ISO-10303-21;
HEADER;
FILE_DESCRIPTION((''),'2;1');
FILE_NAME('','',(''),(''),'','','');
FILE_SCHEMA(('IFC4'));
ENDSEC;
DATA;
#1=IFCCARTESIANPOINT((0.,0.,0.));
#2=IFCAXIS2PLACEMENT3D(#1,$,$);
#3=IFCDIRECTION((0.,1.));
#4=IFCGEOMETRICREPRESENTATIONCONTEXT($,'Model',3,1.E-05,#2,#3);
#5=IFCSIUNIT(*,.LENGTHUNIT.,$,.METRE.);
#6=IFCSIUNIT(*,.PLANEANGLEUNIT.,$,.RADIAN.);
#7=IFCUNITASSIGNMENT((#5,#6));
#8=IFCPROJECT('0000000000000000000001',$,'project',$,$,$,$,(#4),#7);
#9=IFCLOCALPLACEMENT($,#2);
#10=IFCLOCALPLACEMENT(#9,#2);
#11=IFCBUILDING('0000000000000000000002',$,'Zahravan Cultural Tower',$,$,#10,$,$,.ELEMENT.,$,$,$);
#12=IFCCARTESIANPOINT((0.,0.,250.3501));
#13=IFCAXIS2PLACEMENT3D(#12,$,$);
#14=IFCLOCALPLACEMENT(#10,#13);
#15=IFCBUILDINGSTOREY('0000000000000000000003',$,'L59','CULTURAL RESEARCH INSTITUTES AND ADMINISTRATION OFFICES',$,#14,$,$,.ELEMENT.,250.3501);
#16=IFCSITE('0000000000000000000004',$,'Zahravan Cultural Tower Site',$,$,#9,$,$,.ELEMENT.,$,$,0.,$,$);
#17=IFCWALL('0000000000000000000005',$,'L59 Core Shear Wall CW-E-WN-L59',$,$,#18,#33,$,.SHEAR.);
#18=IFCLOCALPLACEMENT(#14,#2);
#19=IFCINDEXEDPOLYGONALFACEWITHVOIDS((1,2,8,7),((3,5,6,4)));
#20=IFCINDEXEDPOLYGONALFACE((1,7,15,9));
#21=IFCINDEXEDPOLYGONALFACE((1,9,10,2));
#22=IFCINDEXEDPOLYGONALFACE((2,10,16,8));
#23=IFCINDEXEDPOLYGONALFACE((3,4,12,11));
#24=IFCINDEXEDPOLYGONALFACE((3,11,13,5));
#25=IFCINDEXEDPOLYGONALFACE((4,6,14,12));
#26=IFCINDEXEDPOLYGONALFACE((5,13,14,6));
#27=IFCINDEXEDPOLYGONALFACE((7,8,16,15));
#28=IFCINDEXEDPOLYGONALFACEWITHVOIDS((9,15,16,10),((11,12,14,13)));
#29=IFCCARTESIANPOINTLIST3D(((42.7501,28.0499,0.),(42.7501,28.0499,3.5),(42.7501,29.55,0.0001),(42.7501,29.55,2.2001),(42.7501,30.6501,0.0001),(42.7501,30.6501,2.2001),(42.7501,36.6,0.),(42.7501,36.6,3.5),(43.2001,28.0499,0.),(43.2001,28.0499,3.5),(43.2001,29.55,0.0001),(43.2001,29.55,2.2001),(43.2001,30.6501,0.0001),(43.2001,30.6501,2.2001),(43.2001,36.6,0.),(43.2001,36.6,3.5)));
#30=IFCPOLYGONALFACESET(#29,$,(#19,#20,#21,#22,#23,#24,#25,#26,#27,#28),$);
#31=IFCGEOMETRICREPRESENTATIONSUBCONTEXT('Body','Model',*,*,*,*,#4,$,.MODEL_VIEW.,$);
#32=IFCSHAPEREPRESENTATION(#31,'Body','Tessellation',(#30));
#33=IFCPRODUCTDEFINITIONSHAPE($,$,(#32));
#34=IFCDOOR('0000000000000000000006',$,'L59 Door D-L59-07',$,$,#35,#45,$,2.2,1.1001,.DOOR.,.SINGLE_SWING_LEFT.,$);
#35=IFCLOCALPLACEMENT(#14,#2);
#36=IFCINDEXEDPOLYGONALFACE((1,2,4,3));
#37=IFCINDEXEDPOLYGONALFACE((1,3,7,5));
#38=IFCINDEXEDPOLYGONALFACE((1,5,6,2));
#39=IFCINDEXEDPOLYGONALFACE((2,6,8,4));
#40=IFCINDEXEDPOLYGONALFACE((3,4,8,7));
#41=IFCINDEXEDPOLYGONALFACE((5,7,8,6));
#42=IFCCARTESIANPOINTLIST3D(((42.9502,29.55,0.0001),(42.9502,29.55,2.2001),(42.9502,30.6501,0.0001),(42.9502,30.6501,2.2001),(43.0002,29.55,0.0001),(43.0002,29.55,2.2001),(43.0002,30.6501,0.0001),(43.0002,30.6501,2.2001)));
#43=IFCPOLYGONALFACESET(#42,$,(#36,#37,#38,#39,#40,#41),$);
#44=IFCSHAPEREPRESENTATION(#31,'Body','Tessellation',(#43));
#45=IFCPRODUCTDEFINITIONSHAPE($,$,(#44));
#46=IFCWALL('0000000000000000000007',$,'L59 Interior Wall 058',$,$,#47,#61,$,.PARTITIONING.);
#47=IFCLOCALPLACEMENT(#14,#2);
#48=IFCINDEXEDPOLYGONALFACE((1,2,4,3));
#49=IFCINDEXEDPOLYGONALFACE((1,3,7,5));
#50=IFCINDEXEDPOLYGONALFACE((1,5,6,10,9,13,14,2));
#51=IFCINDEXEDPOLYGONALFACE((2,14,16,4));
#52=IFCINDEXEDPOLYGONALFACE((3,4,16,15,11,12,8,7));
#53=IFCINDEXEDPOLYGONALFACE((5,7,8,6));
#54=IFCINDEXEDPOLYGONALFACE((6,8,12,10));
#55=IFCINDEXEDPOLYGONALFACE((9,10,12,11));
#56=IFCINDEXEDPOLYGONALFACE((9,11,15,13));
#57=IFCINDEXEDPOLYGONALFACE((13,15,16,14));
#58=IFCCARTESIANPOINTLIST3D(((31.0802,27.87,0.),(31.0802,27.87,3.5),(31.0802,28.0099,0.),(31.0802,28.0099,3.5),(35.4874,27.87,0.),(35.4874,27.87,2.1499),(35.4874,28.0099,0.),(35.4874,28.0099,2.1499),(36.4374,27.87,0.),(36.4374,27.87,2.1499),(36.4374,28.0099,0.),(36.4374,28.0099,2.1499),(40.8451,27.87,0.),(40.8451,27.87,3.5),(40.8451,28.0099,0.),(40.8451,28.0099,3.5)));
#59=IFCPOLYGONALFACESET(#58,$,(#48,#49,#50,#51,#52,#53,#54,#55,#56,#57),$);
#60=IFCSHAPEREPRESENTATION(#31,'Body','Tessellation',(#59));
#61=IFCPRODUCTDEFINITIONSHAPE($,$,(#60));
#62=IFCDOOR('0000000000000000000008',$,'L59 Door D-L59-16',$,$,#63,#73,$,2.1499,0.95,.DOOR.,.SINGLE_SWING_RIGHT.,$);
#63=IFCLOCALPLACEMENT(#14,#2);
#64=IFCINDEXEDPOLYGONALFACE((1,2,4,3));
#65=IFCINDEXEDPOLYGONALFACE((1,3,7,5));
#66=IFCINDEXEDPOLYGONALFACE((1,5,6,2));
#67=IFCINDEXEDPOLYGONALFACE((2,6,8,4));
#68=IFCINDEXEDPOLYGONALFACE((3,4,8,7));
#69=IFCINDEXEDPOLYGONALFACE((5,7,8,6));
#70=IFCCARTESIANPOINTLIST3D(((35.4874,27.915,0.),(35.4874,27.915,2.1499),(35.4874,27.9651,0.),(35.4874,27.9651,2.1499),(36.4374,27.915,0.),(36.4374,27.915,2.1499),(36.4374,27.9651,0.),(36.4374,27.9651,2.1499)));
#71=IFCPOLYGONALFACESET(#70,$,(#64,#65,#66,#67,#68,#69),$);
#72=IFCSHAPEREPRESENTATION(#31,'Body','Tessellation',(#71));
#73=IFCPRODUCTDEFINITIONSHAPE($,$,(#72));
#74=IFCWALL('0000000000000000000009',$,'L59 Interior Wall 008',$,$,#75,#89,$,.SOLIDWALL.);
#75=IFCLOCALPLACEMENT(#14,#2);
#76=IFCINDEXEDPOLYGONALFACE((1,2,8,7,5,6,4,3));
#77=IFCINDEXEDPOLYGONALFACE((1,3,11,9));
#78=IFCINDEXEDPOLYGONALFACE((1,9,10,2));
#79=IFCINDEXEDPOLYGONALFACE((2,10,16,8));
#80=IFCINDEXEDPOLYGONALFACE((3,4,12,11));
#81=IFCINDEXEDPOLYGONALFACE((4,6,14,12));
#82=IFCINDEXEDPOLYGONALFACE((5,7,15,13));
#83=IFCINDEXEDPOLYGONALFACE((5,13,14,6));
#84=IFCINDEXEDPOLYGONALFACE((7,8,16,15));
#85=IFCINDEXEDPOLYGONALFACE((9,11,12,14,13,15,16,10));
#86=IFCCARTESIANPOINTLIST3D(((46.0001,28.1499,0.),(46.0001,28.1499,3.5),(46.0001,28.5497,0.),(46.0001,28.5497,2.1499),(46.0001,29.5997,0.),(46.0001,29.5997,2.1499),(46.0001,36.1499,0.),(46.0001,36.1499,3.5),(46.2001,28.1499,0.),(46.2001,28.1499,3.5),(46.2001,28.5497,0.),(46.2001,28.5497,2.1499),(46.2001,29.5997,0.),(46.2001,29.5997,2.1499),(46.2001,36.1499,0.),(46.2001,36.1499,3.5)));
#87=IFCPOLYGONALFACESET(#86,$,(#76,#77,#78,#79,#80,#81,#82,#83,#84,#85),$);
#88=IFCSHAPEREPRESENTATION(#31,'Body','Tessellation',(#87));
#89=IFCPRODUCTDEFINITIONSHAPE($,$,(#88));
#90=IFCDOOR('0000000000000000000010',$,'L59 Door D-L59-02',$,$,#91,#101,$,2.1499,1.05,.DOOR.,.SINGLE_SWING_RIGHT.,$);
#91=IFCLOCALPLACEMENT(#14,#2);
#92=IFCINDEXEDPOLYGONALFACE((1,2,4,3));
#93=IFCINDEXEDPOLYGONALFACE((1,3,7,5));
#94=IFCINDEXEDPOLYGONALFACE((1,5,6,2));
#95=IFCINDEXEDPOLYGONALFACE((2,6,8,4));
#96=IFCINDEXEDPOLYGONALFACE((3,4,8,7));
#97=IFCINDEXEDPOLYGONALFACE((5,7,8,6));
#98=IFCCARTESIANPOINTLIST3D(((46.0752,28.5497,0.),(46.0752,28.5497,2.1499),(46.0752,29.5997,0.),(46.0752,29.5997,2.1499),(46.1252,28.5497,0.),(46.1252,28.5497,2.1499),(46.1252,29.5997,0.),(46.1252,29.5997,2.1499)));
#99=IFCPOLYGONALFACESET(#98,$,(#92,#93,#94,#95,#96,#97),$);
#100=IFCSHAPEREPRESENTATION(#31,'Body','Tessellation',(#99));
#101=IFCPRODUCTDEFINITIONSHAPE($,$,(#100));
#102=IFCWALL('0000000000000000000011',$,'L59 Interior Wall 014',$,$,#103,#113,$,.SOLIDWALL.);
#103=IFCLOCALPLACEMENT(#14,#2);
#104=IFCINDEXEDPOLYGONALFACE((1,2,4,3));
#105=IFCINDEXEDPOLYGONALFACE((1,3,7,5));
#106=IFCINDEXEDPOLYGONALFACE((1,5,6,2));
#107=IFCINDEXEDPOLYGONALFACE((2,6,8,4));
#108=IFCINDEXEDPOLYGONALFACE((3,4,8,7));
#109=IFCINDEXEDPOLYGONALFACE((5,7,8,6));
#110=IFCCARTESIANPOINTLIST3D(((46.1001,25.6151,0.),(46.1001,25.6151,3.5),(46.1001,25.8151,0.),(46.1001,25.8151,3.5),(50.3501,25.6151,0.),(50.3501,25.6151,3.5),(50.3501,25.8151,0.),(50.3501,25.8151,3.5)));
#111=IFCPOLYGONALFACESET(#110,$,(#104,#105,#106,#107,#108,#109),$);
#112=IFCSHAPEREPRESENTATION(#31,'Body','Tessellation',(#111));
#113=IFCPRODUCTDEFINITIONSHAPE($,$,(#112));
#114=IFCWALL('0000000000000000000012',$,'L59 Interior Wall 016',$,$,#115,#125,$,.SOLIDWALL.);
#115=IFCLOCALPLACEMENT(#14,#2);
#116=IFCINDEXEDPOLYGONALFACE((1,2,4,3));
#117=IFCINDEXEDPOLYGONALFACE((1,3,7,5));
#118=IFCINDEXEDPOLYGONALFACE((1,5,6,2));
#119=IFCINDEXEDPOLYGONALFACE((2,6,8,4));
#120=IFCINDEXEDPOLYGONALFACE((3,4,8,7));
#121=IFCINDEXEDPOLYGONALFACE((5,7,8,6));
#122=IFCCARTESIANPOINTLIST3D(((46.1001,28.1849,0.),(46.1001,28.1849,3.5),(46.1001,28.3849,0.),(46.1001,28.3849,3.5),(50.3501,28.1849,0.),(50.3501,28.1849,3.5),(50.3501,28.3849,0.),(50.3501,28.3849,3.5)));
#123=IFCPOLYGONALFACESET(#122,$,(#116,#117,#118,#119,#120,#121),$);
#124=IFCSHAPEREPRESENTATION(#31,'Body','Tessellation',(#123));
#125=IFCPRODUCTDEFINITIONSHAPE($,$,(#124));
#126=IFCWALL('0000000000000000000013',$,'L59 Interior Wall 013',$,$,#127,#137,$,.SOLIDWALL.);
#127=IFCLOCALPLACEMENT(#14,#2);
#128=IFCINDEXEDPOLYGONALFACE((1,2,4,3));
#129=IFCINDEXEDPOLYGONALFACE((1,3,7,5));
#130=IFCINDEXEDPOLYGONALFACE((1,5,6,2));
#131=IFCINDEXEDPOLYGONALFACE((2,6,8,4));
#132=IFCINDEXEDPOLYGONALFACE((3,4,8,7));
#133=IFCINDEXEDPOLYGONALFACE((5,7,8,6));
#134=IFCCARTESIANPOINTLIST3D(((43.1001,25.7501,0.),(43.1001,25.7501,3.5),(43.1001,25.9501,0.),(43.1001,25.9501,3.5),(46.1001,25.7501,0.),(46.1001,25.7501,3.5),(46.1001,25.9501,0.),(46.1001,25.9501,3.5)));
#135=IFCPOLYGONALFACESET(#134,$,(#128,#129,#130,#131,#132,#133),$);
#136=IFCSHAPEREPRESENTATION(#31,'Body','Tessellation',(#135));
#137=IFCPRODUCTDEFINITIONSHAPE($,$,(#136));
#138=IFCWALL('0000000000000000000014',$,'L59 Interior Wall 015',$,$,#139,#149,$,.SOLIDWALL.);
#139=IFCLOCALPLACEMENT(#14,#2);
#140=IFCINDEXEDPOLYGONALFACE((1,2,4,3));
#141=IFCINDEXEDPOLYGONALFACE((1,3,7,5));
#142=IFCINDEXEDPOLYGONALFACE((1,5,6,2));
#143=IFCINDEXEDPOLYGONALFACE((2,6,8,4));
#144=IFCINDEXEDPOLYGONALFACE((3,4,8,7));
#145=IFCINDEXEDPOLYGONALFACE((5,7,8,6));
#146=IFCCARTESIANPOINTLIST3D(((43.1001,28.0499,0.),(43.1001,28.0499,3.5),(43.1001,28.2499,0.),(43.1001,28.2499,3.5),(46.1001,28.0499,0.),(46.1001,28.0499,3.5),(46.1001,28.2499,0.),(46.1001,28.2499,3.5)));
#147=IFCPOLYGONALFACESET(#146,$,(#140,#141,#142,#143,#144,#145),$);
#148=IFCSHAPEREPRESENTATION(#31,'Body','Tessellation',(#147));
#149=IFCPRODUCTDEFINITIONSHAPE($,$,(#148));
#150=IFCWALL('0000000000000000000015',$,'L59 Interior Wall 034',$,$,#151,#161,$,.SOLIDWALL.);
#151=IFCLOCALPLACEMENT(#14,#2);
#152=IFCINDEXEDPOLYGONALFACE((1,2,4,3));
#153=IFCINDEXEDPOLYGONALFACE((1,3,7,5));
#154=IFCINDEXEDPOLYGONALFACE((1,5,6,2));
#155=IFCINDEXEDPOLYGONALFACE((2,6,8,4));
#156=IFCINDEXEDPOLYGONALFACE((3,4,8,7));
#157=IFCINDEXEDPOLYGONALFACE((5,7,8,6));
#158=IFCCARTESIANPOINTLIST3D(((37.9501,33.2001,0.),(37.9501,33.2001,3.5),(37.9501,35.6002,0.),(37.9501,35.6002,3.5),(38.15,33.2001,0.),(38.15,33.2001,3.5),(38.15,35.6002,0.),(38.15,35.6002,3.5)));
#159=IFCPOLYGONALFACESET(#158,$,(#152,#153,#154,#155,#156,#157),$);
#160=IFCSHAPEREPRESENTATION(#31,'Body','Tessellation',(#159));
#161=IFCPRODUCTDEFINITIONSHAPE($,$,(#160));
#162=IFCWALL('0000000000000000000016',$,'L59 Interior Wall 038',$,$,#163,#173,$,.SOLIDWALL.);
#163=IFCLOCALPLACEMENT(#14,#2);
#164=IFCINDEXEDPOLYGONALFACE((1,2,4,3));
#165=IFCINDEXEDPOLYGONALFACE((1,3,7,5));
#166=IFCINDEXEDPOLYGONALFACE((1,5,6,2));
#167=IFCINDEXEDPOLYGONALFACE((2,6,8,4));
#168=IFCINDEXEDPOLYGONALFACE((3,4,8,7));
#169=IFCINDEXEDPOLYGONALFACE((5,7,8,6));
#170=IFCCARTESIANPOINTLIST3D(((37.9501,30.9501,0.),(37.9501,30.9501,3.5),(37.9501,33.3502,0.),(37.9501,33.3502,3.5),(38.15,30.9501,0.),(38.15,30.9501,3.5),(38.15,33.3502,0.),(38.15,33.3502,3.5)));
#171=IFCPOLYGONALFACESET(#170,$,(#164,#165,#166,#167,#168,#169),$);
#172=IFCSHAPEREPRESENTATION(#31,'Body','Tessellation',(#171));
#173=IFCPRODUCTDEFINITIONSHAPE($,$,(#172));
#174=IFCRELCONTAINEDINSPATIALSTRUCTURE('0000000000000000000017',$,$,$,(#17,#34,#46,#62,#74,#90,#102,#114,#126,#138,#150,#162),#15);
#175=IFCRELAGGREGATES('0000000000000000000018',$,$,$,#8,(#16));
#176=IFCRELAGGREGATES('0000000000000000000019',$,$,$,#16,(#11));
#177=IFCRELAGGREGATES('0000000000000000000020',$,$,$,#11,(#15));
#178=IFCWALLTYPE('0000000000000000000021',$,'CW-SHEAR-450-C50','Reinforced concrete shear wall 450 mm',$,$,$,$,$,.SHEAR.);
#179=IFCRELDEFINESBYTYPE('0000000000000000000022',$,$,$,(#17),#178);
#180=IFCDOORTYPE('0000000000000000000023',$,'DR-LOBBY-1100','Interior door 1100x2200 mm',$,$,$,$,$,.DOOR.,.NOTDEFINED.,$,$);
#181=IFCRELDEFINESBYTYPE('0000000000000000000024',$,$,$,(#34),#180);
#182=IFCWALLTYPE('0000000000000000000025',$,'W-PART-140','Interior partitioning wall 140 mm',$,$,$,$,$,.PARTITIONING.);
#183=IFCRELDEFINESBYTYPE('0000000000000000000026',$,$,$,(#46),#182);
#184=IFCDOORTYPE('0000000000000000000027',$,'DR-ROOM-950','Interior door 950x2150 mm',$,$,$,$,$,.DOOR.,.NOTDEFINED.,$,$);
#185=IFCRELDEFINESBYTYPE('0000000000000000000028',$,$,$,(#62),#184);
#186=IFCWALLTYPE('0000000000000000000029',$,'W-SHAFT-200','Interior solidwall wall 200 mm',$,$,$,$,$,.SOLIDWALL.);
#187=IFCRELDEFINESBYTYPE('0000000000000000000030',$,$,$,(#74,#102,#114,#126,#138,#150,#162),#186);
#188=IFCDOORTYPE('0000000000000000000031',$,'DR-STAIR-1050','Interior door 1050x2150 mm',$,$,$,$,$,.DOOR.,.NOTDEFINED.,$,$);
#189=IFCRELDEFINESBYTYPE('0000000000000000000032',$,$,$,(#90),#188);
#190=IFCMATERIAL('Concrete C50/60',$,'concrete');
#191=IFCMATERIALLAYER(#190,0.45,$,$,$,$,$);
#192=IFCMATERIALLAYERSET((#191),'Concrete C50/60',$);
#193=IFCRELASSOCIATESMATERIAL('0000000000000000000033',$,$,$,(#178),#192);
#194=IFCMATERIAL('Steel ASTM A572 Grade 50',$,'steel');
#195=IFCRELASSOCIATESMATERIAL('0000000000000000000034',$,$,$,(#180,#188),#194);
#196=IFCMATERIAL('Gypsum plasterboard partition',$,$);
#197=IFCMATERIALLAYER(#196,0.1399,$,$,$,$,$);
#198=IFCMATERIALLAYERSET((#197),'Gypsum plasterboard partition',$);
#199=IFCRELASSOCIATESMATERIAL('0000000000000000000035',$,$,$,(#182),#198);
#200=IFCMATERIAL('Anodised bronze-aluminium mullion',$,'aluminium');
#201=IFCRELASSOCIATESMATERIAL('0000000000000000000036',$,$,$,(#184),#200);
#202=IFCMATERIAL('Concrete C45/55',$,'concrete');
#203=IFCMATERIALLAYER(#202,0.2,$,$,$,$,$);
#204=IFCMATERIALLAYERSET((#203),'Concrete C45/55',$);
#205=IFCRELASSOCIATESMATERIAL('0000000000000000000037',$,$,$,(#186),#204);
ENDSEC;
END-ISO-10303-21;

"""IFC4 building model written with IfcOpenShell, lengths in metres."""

from ifc_helpers import new_model, si_unit, direction, frame, frame_2d, origin, place, context, subcontext, project, spatial, rectangle, extrude, source, transform, mapped, material, layer, layer_set, type_object, element, fill, save


model = new_model("IFC4")

# Units and contexts
model_context = context("Model", 3, precision=1e-05, world=origin(), true_north=direction((0.0, 1.0)))
body_context = subcontext(model_context, "Body", "Model", "MODEL_VIEW")
ifc_project = project(units=[si_unit("LENGTHUNIT", "METRE"), si_unit("PLANEANGLEUNIT", "RADIAN")], contexts=[model_context])

# Site, building, storey
site_placement = place(None, origin())
site = spatial("IfcSite", under=ifc_project, at=site_placement, Name="Zahravan Cultural Tower Site", CompositionType="ELEMENT", RefElevation=0.0)
building_placement = place(site_placement, origin())
building = spatial("IfcBuilding", under=site, at=building_placement, Name="Zahravan Cultural Tower", CompositionType="ELEMENT")
storey_placement = place(building_placement, frame((0.0, 0.0, 250.3501)))
storey = spatial("IfcBuildingStorey", under=building, at=storey_placement, Name="L59", Description="CULTURAL RESEARCH INSTITUTES AND ADMINISTRATION OFFICES", CompositionType="ELEMENT", Elevation=250.3501)

# Walls, openings, doors
ifc_material_1 = material(Name="Concrete C50/60", Category="concrete")
ifc_layer_1 = layer(ifc_material_1, 0.45)
ifc_layer_set_1 = layer_set([ifc_layer_1], Name="Concrete C50/60")
wall_type_1 = type_object("IfcWallType", Name="CW-SHEAR-450-C50", Description="Reinforced concrete shear wall 450 mm", PredefinedType="SHEAR", material=ifc_layer_set_1)
wall_1_placement = place(storey_placement, frame((42.9751, 28.05, 0.0), z_axis=(0.0, 0.0, 1.0), x_axis=(0.0, 1.0, 0.0)))
wall_1 = element("IfcWall", 1, at=wall_1_placement, inside=storey, type_object=wall_type_1, Name="L59 Core Shear Wall CW-E-WN-L59", PredefinedType="SHEAR", context=body_context, shape_type="SweptSolid", body=[
    extrude(rectangle(XDim=8.55, YDim=0.45, at=frame_2d((4.2749, 0.0))), origin(), (0.0, 0.0, 1.0), 3.5),
])
opening_1_placement = place(wall_1_placement, frame((1.5, 0.0, 0.0)))
opening_1 = element("IfcOpeningElement", 2, at=opening_1_placement, cuts=wall_1, PredefinedType="OPENING", context=body_context, shape_type="SweptSolid", body=[
    extrude(rectangle(XDim=1.1001, YDim=2.2, at=frame_2d((0.55, 1.1001))), frame((0.0, 0.2349, 0.0), z_axis=(0.0, -1.0, 0.0), x_axis=(1.0, 0.0, 0.0)), (0.0, 0.0, 1.0), 0.47),
])
ifc_material_2 = material(Name="Steel ASTM A572 Grade 50", Category="steel")
door_type_1 = type_object("IfcDoorType", Name="DR-LOBBY-1100", Description="Interior door 1100x2200 mm", OperationType="NOTDEFINED", PredefinedType="DOOR", material=ifc_material_2)
shared_shape_1 = source(origin(), body_context, "Body", "SweptSolid", [
    extrude(rectangle(XDim=1.1001, YDim=2.2, at=frame_2d((0.55, 1.1001))), frame((0.0, 0.0249, 0.0), z_axis=(0.0, -1.0, 0.0), x_axis=(1.0, 0.0, 0.0)), (0.0, 0.0, 1.0), 0.05),
])
door_1_placement = place(opening_1_placement, origin())
door_1 = element("IfcDoor", 3, at=door_1_placement, inside=storey, type_object=door_type_1, Name="L59 Door D-L59-07", OperationType="SINGLE_SWING_LEFT", OverallHeight=2.2, OverallWidth=1.1001, PredefinedType="DOOR", context=body_context, shape_type="MappedRepresentation", body=[
    mapped(shared_shape_1, transform((0.0, 0.0, 0.0), x_axis=(1.0, 0.0, 0.0), y_axis=(0.0, 1.0, 0.0), z_axis=(0.0, 0.0, 1.0), scale=1.0)),
])
fill(opening_1, door_1)
ifc_material_3 = material(Name="Gypsum plasterboard partition")
ifc_layer_2 = layer(ifc_material_3, 0.1399)
ifc_layer_set_2 = layer_set([ifc_layer_2], Name="Gypsum plasterboard partition")
wall_type_2 = type_object("IfcWallType", Name="W-PART-140", Description="Interior partitioning wall 140 mm", PredefinedType="PARTITIONING", material=ifc_layer_set_2)
wall_2_placement = place(storey_placement, frame((40.845, 27.9399, 0.0), z_axis=(0.0, 0.0, 1.0), x_axis=(-1.0, 0.0, 0.0)))
wall_2 = element("IfcWall", 4, at=wall_2_placement, inside=storey, type_object=wall_type_2, Name="L59 Interior Wall 058", PredefinedType="PARTITIONING", context=body_context, shape_type="SweptSolid", body=[
    extrude(rectangle(XDim=9.7649, YDim=0.1399, at=frame_2d((4.8823, 0.0))), origin(), (0.0, 0.0, 1.0), 3.5),
])
opening_2_placement = place(wall_2_placement, frame((4.4075, 0.0, 0.0)))
opening_2 = element("IfcOpeningElement", 5, at=opening_2_placement, cuts=wall_2, PredefinedType="OPENING", context=body_context, shape_type="SweptSolid", body=[
    extrude(rectangle(XDim=0.95, YDim=2.1499, at=frame_2d((0.4751, 1.075))), frame((0.0, 0.0798, 0.0), z_axis=(0.0, -1.0, 0.0), x_axis=(1.0, 0.0, 0.0)), (0.0, 0.0, 1.0), 0.1599),
])
ifc_material_4 = material(Name="Anodised bronze-aluminium mullion", Category="aluminium")
door_type_2 = type_object("IfcDoorType", Name="DR-ROOM-950", Description="Interior door 950x2150 mm", OperationType="NOTDEFINED", PredefinedType="DOOR", material=ifc_material_4)
shared_shape_2 = source(origin(), body_context, "Body", "SweptSolid", [
    extrude(rectangle(XDim=0.95, YDim=2.1499, at=frame_2d((0.4751, 1.075))), frame((0.0, 0.0249, 0.0), z_axis=(0.0, -1.0, 0.0), x_axis=(1.0, 0.0, 0.0)), (0.0, 0.0, 1.0), 0.05),
])
door_2_placement = place(opening_2_placement, origin())
door_2 = element("IfcDoor", 6, at=door_2_placement, inside=storey, type_object=door_type_2, Name="L59 Door D-L59-16", OperationType="SINGLE_SWING_RIGHT", OverallHeight=2.1499, OverallWidth=0.95, PredefinedType="DOOR", context=body_context, shape_type="MappedRepresentation", body=[
    mapped(shared_shape_2, transform((0.0, 0.0, 0.0), x_axis=(1.0, 0.0, 0.0), y_axis=(0.0, 1.0, 0.0), z_axis=(0.0, 0.0, 1.0), scale=1.0)),
])
fill(opening_2, door_2)
ifc_material_5 = material(Name="Concrete C45/55", Category="concrete")
ifc_layer_3 = layer(ifc_material_5, 0.2)
ifc_layer_set_3 = layer_set([ifc_layer_3], Name="Concrete C45/55")
wall_type_3 = type_object("IfcWallType", Name="W-SHAFT-200", Description="Interior solidwall wall 200 mm", PredefinedType="SOLIDWALL", material=ifc_layer_set_3)
wall_3_placement = place(storey_placement, frame((46.1001, 28.1499, 0.0), z_axis=(0.0, 0.0, 1.0), x_axis=(0.0, 1.0, 0.0)))
wall_3 = element("IfcWall", 7, at=wall_3_placement, inside=storey, type_object=wall_type_3, Name="L59 Interior Wall 008", PredefinedType="SOLIDWALL", context=body_context, shape_type="SweptSolid", body=[
    extrude(rectangle(XDim=8.0, YDim=0.2, at=frame_2d((4.0, 0.0))), origin(), (0.0, 0.0, 1.0), 3.5),
])
opening_3_placement = place(wall_3_placement, frame((0.3999, 0.0, 0.0)))
opening_3 = element("IfcOpeningElement", 8, at=opening_3_placement, cuts=wall_3, PredefinedType="OPENING", context=body_context, shape_type="SweptSolid", body=[
    extrude(rectangle(XDim=1.05, YDim=2.1499, at=frame_2d((0.5249, 1.075))), frame((0.0, 0.1099, 0.0), z_axis=(0.0, -1.0, 0.0), x_axis=(1.0, 0.0, 0.0)), (0.0, 0.0, 1.0), 0.22),
])
door_type_3 = type_object("IfcDoorType", Name="DR-STAIR-1050", Description="Interior door 1050x2150 mm", OperationType="NOTDEFINED", PredefinedType="DOOR", material=ifc_material_2)
shared_shape_3 = source(origin(), body_context, "Body", "SweptSolid", [
    extrude(rectangle(XDim=1.05, YDim=2.1499, at=frame_2d((0.5249, 1.075))), frame((0.0, 0.0249, 0.0), z_axis=(0.0, -1.0, 0.0), x_axis=(1.0, 0.0, 0.0)), (0.0, 0.0, 1.0), 0.05),
])
door_3_placement = place(opening_3_placement, origin())
door_3 = element("IfcDoor", 9, at=door_3_placement, inside=storey, type_object=door_type_3, Name="L59 Door D-L59-02", OperationType="SINGLE_SWING_RIGHT", OverallHeight=2.1499, OverallWidth=1.05, PredefinedType="DOOR", context=body_context, shape_type="MappedRepresentation", body=[
    mapped(shared_shape_3, transform((0.0, 0.0, 0.0), x_axis=(1.0, 0.0, 0.0), y_axis=(0.0, 1.0, 0.0), z_axis=(0.0, 0.0, 1.0), scale=1.0)),
])
fill(opening_3, door_3)

# Walls
shared_shape_4 = source(origin(), body_context, "Body", "SweptSolid", [
    extrude(rectangle(XDim=4.25, YDim=0.2, at=frame_2d((2.125, 0.0))), origin(), (0.0, 0.0, 1.0), 3.5),
])
for number, where, z_axis, x_axis, name in (
    (10, (46.1001, 25.7151, 0.0), (0.0, 0.0, 1.0), (1.0, 0.0, 0.0), "L59 Interior Wall 014"),
    (11, (46.1001, 28.2849, 0.0), (0.0, 0.0, 1.0), (1.0, 0.0, 0.0), "L59 Interior Wall 016"),
):
    element("IfcWall", number, at=place(storey_placement, frame(where, z_axis=z_axis, x_axis=x_axis)), inside=storey, type_object=wall_type_3, Name=name, PredefinedType="SOLIDWALL", context=body_context, shape_type="MappedRepresentation", body=[
        mapped(shared_shape_4, transform((0.0, 0.0, 0.0), x_axis=(1.0, 0.0, 0.0), y_axis=(0.0, 1.0, 0.0), z_axis=(0.0, 0.0, 1.0), scale=1.0)),
    ])
shared_shape_5 = source(origin(), body_context, "Body", "SweptSolid", [
    extrude(rectangle(XDim=3.0, YDim=0.2, at=frame_2d((1.5, 0.0))), origin(), (0.0, 0.0, 1.0), 3.5),
])
for number, where, z_axis, x_axis, name in (
    (12, (43.1001, 25.8501, 0.0), (0.0, 0.0, 1.0), (1.0, 0.0, 0.0), "L59 Interior Wall 013"),
    (13, (43.1001, 28.1499, 0.0), (0.0, 0.0, 1.0), (1.0, 0.0, 0.0), "L59 Interior Wall 015"),
):
    element("IfcWall", number, at=place(storey_placement, frame(where, z_axis=z_axis, x_axis=x_axis)), inside=storey, type_object=wall_type_3, Name=name, PredefinedType="SOLIDWALL", context=body_context, shape_type="MappedRepresentation", body=[
        mapped(shared_shape_5, transform((0.0, 0.0, 0.0), x_axis=(1.0, 0.0, 0.0), y_axis=(0.0, 1.0, 0.0), z_axis=(0.0, 0.0, 1.0), scale=1.0)),
    ])
shared_shape_6 = source(origin(), body_context, "Body", "SweptSolid", [
    extrude(rectangle(XDim=2.4001, YDim=0.2, at=frame_2d((1.2002, 0.0))), origin(), (0.0, 0.0, 1.0), 3.5),
])
for number, where, z_axis, x_axis, name in (
    (14, (38.05, 33.2, 0.0), (0.0, 0.0, 1.0), (0.0, 1.0, 0.0), "L59 Interior Wall 034"),
    (15, (38.05, 30.95, 0.0), (0.0, 0.0, 1.0), (0.0, 1.0, 0.0), "L59 Interior Wall 038"),
):
    element("IfcWall", number, at=place(storey_placement, frame(where, z_axis=z_axis, x_axis=x_axis)), inside=storey, type_object=wall_type_3, Name=name, PredefinedType="SOLIDWALL", context=body_context, shape_type="MappedRepresentation", body=[
        mapped(shared_shape_6, transform((0.0, 0.0, 0.0), x_axis=(1.0, 0.0, 0.0), y_axis=(0.0, 1.0, 0.0), z_axis=(0.0, 0.0, 1.0), scale=1.0)),
    ])

save(model, "model.ifc")
